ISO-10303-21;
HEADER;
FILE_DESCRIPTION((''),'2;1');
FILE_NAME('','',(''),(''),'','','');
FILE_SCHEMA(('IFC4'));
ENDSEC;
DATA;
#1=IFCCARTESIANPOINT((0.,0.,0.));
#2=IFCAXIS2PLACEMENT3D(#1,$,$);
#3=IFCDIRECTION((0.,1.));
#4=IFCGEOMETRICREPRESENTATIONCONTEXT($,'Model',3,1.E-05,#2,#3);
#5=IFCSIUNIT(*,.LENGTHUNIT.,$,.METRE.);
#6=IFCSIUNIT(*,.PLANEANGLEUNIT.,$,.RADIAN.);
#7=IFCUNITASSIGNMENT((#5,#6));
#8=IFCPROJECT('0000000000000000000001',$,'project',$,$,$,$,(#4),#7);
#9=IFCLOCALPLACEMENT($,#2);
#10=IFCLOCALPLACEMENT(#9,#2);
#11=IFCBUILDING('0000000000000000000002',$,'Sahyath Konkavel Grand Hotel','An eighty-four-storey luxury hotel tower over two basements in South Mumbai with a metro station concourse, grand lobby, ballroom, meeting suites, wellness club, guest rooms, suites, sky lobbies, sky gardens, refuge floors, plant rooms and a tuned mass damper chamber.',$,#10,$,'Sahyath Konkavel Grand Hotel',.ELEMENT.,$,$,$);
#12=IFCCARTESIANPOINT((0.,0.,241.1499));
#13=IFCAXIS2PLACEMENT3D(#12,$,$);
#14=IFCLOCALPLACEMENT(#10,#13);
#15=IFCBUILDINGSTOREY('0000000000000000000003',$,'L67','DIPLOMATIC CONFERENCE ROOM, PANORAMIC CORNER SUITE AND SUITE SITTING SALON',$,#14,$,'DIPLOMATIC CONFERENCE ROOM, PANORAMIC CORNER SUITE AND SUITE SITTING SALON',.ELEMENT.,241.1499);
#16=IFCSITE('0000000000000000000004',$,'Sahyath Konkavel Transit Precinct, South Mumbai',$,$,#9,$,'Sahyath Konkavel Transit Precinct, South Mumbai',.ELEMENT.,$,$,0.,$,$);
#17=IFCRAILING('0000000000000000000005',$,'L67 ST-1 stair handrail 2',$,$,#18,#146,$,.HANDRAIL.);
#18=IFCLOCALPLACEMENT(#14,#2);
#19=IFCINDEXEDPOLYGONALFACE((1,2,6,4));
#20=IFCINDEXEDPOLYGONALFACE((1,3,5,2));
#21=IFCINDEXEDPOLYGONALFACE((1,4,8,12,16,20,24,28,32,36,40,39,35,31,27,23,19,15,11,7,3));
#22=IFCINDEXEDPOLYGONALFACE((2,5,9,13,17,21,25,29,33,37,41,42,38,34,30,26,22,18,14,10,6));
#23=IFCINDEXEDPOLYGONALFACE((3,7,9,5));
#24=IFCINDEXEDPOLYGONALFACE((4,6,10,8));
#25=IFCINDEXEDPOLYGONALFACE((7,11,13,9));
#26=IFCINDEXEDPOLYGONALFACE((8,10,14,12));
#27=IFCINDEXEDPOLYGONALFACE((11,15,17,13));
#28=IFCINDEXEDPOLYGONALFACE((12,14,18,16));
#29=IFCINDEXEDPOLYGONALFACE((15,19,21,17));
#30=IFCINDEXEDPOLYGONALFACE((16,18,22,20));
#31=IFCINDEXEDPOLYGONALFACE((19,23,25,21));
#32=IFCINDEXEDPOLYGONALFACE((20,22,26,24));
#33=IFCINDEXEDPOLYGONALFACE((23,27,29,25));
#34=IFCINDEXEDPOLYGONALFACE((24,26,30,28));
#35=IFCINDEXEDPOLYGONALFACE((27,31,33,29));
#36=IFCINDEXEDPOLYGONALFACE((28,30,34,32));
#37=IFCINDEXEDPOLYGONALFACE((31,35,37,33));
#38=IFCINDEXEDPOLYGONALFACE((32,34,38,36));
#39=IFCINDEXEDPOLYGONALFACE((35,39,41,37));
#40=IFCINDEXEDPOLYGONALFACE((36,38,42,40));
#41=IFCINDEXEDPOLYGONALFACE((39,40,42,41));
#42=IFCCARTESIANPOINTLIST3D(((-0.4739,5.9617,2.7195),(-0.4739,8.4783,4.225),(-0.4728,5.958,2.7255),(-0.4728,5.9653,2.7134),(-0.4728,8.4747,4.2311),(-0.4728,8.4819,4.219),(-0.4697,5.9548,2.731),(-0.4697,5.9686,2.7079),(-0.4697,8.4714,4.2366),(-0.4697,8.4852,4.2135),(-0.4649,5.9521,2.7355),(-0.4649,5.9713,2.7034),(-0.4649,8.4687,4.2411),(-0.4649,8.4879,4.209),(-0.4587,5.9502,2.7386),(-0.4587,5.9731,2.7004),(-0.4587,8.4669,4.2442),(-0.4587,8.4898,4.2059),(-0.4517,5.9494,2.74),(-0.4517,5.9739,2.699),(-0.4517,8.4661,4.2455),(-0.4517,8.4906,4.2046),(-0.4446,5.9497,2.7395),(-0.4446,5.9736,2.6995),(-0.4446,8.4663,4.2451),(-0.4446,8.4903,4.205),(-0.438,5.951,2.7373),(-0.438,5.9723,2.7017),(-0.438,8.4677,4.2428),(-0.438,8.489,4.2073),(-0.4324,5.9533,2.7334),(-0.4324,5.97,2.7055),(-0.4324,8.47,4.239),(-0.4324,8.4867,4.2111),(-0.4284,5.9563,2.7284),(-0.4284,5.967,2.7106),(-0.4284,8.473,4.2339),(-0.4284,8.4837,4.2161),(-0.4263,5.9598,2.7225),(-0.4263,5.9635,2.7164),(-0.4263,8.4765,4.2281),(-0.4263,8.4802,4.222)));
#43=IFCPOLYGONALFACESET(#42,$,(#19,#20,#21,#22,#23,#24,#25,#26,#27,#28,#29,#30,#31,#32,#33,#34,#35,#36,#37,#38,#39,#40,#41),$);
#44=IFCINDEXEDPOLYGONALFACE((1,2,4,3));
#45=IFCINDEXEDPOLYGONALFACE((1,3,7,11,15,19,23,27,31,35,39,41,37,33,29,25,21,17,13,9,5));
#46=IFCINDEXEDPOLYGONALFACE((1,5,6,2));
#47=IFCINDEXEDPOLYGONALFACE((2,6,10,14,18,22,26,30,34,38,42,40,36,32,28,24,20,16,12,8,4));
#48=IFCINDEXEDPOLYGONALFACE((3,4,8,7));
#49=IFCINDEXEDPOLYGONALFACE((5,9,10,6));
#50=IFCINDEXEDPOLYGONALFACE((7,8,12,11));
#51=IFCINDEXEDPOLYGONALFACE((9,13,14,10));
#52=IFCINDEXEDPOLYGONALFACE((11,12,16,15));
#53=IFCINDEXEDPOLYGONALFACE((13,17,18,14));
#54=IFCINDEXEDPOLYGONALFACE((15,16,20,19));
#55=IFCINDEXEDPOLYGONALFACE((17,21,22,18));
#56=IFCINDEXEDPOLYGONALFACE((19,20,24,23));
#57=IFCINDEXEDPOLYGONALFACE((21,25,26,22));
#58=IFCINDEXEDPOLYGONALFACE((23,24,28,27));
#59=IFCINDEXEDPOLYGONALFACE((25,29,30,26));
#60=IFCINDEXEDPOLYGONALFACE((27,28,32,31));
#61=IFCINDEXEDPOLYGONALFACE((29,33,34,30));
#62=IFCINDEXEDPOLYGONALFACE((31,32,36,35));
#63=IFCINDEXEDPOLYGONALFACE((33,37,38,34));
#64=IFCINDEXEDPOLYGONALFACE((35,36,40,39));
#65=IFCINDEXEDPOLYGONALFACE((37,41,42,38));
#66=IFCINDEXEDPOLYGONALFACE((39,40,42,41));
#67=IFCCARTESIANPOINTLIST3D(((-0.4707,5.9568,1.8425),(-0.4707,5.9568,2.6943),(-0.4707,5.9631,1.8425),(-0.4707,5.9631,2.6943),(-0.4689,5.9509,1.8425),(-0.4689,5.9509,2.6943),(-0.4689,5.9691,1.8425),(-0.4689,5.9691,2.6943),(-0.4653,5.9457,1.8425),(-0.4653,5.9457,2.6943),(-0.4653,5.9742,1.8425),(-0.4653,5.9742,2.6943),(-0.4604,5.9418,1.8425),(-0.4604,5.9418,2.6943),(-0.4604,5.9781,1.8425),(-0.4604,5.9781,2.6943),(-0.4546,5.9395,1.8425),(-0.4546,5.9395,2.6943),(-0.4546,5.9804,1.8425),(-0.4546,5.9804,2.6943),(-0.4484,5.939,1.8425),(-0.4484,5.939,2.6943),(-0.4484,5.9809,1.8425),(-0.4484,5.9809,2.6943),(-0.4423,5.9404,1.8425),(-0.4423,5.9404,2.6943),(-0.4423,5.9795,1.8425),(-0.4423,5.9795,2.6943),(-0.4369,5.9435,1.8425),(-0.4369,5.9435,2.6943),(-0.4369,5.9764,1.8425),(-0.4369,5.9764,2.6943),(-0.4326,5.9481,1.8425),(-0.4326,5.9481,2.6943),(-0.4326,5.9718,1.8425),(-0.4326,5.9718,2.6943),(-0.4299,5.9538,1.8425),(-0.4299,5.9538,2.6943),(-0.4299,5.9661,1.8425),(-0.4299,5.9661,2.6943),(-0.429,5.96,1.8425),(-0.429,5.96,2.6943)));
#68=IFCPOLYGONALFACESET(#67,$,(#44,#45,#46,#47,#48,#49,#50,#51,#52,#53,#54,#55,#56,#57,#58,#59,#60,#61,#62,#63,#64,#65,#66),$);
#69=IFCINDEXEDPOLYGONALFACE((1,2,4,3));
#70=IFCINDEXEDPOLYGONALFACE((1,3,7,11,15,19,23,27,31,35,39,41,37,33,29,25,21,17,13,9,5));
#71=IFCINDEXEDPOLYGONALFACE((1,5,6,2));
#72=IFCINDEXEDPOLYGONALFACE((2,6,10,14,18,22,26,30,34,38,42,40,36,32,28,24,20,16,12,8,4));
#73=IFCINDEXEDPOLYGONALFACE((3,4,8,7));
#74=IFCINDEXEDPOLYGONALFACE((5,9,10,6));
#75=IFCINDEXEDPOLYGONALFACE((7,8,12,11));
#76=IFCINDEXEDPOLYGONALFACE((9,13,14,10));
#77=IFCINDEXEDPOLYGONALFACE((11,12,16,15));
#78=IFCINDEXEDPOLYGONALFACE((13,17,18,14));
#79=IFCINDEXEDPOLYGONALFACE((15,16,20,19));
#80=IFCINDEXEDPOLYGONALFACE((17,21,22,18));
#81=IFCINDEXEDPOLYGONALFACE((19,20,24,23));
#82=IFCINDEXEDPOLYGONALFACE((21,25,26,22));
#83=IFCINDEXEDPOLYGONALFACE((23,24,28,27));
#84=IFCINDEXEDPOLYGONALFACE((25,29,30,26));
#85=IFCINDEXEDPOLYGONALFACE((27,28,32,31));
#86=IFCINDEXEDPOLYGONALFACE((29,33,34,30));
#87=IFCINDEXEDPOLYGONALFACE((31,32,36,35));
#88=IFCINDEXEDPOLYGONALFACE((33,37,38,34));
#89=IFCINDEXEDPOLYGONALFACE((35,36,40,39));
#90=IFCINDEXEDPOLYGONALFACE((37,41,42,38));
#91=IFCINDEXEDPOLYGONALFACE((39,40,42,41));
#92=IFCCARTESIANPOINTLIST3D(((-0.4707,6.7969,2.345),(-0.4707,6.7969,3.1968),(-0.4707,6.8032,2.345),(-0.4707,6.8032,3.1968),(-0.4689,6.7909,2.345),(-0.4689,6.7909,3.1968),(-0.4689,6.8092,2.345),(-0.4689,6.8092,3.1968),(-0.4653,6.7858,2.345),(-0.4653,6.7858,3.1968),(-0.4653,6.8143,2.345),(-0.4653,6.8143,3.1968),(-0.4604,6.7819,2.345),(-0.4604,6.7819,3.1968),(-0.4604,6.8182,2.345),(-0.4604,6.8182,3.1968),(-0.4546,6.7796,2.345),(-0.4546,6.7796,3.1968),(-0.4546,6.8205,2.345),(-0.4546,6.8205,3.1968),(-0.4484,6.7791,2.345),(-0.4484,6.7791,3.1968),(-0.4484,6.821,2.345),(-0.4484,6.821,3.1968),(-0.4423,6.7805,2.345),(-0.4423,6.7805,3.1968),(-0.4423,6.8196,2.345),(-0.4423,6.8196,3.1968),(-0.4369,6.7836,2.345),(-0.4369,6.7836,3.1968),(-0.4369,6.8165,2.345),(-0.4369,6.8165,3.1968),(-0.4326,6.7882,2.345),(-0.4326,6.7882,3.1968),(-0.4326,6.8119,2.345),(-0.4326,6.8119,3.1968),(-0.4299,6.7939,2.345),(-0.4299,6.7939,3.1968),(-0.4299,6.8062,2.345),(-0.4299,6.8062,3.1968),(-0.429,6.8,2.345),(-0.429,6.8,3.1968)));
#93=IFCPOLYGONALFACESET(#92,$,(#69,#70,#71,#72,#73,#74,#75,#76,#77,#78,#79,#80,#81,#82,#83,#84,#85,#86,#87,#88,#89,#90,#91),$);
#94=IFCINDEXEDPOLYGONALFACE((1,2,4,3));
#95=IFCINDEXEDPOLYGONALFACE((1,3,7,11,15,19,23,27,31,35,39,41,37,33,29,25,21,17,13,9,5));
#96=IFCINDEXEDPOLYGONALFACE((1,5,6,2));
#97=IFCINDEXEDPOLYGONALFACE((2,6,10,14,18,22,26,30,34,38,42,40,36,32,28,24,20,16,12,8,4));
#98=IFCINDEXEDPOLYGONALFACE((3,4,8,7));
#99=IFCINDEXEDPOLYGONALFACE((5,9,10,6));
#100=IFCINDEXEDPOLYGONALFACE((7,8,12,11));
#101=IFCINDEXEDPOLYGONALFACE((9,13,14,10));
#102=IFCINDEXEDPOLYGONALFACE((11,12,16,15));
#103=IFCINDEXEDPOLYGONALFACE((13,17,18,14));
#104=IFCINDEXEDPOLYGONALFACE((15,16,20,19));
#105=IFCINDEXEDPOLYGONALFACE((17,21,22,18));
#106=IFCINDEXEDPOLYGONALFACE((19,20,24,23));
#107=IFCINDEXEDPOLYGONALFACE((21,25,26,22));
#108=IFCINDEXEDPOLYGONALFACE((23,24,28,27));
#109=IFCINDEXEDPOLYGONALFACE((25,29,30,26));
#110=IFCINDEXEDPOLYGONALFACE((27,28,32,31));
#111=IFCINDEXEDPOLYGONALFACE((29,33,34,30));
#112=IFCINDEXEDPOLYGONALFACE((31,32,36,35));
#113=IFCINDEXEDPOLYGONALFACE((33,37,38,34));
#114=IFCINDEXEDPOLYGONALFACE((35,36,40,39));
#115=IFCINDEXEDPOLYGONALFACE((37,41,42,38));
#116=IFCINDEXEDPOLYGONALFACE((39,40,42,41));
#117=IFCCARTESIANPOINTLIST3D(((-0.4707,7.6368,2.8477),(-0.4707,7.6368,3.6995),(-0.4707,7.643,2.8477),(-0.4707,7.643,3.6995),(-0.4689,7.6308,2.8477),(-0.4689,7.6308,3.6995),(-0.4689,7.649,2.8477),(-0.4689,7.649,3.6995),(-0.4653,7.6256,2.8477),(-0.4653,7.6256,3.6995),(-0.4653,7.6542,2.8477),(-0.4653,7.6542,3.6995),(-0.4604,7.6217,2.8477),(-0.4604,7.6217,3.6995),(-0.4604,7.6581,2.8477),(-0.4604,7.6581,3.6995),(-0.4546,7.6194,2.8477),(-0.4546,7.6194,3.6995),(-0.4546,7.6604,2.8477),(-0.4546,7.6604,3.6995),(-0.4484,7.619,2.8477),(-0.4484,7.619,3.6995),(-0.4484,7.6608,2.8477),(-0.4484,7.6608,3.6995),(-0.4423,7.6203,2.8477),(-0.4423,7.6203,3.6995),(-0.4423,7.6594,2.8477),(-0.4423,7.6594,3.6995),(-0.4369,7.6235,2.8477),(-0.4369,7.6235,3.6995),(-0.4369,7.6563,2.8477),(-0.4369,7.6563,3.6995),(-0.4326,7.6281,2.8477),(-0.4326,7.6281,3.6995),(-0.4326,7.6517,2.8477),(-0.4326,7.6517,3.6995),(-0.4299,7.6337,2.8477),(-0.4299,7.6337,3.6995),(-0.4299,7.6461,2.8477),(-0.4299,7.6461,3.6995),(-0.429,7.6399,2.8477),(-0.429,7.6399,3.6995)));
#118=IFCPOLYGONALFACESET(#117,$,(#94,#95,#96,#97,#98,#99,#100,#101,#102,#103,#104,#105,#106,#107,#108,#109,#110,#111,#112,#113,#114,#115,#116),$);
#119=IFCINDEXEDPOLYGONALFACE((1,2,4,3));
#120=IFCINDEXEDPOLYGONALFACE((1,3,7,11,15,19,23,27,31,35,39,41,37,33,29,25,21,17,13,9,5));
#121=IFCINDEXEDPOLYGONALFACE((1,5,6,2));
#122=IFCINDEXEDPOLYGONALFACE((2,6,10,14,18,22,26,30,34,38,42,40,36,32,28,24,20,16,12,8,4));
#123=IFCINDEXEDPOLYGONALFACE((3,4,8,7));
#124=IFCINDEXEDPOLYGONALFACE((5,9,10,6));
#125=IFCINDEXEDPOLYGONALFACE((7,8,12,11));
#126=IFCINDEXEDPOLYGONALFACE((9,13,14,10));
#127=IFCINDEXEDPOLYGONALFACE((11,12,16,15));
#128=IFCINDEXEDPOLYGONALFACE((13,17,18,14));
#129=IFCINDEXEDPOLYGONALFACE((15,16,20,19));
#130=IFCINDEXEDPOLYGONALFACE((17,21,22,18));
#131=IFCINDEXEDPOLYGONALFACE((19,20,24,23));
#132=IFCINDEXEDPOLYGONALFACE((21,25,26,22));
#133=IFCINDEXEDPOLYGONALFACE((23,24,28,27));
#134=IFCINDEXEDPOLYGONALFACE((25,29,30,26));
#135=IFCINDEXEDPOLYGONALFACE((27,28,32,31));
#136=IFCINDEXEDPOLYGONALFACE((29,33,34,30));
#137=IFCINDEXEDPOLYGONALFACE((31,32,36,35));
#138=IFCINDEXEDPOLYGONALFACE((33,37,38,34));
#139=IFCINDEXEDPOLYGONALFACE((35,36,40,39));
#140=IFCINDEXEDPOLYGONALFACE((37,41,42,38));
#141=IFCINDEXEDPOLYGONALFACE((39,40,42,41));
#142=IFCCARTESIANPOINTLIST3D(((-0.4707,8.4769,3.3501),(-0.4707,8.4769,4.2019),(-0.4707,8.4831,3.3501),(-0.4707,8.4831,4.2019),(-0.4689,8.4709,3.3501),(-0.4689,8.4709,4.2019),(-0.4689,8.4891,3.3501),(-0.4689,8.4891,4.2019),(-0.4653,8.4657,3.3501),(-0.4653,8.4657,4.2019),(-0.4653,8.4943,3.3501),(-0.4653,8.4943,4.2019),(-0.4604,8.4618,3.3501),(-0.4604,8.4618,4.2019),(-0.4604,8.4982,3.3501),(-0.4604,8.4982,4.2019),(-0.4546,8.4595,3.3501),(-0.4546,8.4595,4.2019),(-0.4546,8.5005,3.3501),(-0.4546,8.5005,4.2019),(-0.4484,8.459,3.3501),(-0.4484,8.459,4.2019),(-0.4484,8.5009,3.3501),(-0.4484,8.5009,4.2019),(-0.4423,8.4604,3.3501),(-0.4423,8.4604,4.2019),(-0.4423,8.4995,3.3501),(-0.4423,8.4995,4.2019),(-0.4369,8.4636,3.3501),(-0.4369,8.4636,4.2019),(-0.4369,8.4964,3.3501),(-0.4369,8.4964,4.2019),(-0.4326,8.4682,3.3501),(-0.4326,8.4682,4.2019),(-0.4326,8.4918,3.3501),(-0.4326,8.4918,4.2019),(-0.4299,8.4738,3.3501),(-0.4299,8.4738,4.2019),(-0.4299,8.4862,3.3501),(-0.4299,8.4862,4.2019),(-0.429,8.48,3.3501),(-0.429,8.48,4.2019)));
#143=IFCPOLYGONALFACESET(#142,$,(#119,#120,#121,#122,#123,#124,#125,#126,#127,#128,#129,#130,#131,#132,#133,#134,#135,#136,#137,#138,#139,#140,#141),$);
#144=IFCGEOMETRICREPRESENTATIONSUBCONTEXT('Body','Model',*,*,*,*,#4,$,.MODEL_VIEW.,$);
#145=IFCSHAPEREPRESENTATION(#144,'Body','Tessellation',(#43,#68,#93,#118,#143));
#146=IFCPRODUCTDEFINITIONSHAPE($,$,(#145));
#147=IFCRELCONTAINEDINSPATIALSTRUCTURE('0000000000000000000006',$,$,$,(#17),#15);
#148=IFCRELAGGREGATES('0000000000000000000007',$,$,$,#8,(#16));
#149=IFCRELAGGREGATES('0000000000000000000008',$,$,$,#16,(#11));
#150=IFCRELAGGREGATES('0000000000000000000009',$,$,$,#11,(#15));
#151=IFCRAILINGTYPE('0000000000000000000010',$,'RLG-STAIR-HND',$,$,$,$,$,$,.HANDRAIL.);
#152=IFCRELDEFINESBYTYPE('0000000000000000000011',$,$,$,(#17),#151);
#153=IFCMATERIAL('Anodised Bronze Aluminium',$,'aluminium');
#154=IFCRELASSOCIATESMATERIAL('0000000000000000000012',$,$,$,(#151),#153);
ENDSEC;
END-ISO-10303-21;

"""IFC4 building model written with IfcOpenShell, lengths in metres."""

from ifc_helpers import new_model, si_unit, direction, frame, origin, origin_2d, place, context, subcontext, project, spatial, circle, extrude, material, type_object, element, save


model = new_model("IFC4")

# Units and contexts
model_context = context("Model", 3, precision=1e-05, world=origin(), true_north=direction((0.0, 1.0)))
body_context = subcontext(model_context, "Body", "Model", "MODEL_VIEW")
ifc_project = project(units=[si_unit("LENGTHUNIT", "METRE"), si_unit("PLANEANGLEUNIT", "RADIAN")], contexts=[model_context])

# Site, building, storey
site_placement = place(None, origin())
site = spatial("IfcSite", under=ifc_project, at=site_placement, Name="Sahyath Konkavel Transit Precinct, South Mumbai", LongName="Sahyath Konkavel Transit Precinct, South Mumbai", CompositionType="ELEMENT", RefElevation=0.0)
building_placement = place(site_placement, origin())
building = spatial("IfcBuilding", under=site, at=building_placement, Name="Sahyath Konkavel Grand Hotel", Description="An eighty-four-storey luxury hotel tower over two basements in South Mumbai with a metro station concourse, grand lobby, ballroom, meeting suites, wellness club, guest rooms, suites, sky lobbies, sky gardens, refuge floors, plant rooms and a tuned mass damper chamber.", LongName="Sahyath Konkavel Grand Hotel", CompositionType="ELEMENT")
storey_placement = place(building_placement, frame((0.0, 0.0, 241.1499)))
storey = spatial("IfcBuildingStorey", under=building, at=storey_placement, Name="L67", Description="DIPLOMATIC CONFERENCE ROOM, PANORAMIC CORNER SUITE AND SUITE SITTING SALON", LongName="DIPLOMATIC CONFERENCE ROOM, PANORAMIC CORNER SUITE AND SUITE SITTING SALON", CompositionType="ELEMENT", Elevation=241.1499)

# Shared definitions
ifc_material_1 = material(Name="Anodised Bronze Aluminium", Category="aluminium")

# Railing
railing_type_1 = type_object("IfcRailingType", Name="RLG-STAIR-HND", PredefinedType="HANDRAIL", material=ifc_material_1)
railing_1_placement = place(storey_placement, frame((-0.45, 5.96, 1.8425)))
element("IfcRailing", 1, at=railing_1_placement, inside=storey, type_object=railing_type_1, Name="L67 ST-1 stair handrail 2", PredefinedType="HANDRAIL", context=body_context, shape_type="SweptSolid", body=[
    extrude(circle(Radius=0.0239, at=origin_2d()), frame((0.0, 0.0017, 0.877), z_axis=(0.0, 0.85816, 0.513383), x_axis=(-1.0, 0.0, 0.0)), (0.0, 0.0, 1.0), 2.9326),
    extrude(circle(Radius=0.021, at=origin_2d()), origin(), (0.0, 0.0, 1.0), 0.8518),
    extrude(circle(Radius=0.021, at=origin_2d()), frame((0.0, 0.8401, 0.5024)), (0.0, 0.0, 1.0), 0.8518),
    extrude(circle(Radius=0.021, at=origin_2d()), frame((0.0, 1.6799, 1.0051)), (0.0, 0.0, 1.0), 0.8518),
    extrude(circle(Radius=0.021, at=origin_2d()), frame((0.0, 2.52, 1.5076)), (0.0, 0.0, 1.0), 0.8518),
])

save(model, "model.ifc")
